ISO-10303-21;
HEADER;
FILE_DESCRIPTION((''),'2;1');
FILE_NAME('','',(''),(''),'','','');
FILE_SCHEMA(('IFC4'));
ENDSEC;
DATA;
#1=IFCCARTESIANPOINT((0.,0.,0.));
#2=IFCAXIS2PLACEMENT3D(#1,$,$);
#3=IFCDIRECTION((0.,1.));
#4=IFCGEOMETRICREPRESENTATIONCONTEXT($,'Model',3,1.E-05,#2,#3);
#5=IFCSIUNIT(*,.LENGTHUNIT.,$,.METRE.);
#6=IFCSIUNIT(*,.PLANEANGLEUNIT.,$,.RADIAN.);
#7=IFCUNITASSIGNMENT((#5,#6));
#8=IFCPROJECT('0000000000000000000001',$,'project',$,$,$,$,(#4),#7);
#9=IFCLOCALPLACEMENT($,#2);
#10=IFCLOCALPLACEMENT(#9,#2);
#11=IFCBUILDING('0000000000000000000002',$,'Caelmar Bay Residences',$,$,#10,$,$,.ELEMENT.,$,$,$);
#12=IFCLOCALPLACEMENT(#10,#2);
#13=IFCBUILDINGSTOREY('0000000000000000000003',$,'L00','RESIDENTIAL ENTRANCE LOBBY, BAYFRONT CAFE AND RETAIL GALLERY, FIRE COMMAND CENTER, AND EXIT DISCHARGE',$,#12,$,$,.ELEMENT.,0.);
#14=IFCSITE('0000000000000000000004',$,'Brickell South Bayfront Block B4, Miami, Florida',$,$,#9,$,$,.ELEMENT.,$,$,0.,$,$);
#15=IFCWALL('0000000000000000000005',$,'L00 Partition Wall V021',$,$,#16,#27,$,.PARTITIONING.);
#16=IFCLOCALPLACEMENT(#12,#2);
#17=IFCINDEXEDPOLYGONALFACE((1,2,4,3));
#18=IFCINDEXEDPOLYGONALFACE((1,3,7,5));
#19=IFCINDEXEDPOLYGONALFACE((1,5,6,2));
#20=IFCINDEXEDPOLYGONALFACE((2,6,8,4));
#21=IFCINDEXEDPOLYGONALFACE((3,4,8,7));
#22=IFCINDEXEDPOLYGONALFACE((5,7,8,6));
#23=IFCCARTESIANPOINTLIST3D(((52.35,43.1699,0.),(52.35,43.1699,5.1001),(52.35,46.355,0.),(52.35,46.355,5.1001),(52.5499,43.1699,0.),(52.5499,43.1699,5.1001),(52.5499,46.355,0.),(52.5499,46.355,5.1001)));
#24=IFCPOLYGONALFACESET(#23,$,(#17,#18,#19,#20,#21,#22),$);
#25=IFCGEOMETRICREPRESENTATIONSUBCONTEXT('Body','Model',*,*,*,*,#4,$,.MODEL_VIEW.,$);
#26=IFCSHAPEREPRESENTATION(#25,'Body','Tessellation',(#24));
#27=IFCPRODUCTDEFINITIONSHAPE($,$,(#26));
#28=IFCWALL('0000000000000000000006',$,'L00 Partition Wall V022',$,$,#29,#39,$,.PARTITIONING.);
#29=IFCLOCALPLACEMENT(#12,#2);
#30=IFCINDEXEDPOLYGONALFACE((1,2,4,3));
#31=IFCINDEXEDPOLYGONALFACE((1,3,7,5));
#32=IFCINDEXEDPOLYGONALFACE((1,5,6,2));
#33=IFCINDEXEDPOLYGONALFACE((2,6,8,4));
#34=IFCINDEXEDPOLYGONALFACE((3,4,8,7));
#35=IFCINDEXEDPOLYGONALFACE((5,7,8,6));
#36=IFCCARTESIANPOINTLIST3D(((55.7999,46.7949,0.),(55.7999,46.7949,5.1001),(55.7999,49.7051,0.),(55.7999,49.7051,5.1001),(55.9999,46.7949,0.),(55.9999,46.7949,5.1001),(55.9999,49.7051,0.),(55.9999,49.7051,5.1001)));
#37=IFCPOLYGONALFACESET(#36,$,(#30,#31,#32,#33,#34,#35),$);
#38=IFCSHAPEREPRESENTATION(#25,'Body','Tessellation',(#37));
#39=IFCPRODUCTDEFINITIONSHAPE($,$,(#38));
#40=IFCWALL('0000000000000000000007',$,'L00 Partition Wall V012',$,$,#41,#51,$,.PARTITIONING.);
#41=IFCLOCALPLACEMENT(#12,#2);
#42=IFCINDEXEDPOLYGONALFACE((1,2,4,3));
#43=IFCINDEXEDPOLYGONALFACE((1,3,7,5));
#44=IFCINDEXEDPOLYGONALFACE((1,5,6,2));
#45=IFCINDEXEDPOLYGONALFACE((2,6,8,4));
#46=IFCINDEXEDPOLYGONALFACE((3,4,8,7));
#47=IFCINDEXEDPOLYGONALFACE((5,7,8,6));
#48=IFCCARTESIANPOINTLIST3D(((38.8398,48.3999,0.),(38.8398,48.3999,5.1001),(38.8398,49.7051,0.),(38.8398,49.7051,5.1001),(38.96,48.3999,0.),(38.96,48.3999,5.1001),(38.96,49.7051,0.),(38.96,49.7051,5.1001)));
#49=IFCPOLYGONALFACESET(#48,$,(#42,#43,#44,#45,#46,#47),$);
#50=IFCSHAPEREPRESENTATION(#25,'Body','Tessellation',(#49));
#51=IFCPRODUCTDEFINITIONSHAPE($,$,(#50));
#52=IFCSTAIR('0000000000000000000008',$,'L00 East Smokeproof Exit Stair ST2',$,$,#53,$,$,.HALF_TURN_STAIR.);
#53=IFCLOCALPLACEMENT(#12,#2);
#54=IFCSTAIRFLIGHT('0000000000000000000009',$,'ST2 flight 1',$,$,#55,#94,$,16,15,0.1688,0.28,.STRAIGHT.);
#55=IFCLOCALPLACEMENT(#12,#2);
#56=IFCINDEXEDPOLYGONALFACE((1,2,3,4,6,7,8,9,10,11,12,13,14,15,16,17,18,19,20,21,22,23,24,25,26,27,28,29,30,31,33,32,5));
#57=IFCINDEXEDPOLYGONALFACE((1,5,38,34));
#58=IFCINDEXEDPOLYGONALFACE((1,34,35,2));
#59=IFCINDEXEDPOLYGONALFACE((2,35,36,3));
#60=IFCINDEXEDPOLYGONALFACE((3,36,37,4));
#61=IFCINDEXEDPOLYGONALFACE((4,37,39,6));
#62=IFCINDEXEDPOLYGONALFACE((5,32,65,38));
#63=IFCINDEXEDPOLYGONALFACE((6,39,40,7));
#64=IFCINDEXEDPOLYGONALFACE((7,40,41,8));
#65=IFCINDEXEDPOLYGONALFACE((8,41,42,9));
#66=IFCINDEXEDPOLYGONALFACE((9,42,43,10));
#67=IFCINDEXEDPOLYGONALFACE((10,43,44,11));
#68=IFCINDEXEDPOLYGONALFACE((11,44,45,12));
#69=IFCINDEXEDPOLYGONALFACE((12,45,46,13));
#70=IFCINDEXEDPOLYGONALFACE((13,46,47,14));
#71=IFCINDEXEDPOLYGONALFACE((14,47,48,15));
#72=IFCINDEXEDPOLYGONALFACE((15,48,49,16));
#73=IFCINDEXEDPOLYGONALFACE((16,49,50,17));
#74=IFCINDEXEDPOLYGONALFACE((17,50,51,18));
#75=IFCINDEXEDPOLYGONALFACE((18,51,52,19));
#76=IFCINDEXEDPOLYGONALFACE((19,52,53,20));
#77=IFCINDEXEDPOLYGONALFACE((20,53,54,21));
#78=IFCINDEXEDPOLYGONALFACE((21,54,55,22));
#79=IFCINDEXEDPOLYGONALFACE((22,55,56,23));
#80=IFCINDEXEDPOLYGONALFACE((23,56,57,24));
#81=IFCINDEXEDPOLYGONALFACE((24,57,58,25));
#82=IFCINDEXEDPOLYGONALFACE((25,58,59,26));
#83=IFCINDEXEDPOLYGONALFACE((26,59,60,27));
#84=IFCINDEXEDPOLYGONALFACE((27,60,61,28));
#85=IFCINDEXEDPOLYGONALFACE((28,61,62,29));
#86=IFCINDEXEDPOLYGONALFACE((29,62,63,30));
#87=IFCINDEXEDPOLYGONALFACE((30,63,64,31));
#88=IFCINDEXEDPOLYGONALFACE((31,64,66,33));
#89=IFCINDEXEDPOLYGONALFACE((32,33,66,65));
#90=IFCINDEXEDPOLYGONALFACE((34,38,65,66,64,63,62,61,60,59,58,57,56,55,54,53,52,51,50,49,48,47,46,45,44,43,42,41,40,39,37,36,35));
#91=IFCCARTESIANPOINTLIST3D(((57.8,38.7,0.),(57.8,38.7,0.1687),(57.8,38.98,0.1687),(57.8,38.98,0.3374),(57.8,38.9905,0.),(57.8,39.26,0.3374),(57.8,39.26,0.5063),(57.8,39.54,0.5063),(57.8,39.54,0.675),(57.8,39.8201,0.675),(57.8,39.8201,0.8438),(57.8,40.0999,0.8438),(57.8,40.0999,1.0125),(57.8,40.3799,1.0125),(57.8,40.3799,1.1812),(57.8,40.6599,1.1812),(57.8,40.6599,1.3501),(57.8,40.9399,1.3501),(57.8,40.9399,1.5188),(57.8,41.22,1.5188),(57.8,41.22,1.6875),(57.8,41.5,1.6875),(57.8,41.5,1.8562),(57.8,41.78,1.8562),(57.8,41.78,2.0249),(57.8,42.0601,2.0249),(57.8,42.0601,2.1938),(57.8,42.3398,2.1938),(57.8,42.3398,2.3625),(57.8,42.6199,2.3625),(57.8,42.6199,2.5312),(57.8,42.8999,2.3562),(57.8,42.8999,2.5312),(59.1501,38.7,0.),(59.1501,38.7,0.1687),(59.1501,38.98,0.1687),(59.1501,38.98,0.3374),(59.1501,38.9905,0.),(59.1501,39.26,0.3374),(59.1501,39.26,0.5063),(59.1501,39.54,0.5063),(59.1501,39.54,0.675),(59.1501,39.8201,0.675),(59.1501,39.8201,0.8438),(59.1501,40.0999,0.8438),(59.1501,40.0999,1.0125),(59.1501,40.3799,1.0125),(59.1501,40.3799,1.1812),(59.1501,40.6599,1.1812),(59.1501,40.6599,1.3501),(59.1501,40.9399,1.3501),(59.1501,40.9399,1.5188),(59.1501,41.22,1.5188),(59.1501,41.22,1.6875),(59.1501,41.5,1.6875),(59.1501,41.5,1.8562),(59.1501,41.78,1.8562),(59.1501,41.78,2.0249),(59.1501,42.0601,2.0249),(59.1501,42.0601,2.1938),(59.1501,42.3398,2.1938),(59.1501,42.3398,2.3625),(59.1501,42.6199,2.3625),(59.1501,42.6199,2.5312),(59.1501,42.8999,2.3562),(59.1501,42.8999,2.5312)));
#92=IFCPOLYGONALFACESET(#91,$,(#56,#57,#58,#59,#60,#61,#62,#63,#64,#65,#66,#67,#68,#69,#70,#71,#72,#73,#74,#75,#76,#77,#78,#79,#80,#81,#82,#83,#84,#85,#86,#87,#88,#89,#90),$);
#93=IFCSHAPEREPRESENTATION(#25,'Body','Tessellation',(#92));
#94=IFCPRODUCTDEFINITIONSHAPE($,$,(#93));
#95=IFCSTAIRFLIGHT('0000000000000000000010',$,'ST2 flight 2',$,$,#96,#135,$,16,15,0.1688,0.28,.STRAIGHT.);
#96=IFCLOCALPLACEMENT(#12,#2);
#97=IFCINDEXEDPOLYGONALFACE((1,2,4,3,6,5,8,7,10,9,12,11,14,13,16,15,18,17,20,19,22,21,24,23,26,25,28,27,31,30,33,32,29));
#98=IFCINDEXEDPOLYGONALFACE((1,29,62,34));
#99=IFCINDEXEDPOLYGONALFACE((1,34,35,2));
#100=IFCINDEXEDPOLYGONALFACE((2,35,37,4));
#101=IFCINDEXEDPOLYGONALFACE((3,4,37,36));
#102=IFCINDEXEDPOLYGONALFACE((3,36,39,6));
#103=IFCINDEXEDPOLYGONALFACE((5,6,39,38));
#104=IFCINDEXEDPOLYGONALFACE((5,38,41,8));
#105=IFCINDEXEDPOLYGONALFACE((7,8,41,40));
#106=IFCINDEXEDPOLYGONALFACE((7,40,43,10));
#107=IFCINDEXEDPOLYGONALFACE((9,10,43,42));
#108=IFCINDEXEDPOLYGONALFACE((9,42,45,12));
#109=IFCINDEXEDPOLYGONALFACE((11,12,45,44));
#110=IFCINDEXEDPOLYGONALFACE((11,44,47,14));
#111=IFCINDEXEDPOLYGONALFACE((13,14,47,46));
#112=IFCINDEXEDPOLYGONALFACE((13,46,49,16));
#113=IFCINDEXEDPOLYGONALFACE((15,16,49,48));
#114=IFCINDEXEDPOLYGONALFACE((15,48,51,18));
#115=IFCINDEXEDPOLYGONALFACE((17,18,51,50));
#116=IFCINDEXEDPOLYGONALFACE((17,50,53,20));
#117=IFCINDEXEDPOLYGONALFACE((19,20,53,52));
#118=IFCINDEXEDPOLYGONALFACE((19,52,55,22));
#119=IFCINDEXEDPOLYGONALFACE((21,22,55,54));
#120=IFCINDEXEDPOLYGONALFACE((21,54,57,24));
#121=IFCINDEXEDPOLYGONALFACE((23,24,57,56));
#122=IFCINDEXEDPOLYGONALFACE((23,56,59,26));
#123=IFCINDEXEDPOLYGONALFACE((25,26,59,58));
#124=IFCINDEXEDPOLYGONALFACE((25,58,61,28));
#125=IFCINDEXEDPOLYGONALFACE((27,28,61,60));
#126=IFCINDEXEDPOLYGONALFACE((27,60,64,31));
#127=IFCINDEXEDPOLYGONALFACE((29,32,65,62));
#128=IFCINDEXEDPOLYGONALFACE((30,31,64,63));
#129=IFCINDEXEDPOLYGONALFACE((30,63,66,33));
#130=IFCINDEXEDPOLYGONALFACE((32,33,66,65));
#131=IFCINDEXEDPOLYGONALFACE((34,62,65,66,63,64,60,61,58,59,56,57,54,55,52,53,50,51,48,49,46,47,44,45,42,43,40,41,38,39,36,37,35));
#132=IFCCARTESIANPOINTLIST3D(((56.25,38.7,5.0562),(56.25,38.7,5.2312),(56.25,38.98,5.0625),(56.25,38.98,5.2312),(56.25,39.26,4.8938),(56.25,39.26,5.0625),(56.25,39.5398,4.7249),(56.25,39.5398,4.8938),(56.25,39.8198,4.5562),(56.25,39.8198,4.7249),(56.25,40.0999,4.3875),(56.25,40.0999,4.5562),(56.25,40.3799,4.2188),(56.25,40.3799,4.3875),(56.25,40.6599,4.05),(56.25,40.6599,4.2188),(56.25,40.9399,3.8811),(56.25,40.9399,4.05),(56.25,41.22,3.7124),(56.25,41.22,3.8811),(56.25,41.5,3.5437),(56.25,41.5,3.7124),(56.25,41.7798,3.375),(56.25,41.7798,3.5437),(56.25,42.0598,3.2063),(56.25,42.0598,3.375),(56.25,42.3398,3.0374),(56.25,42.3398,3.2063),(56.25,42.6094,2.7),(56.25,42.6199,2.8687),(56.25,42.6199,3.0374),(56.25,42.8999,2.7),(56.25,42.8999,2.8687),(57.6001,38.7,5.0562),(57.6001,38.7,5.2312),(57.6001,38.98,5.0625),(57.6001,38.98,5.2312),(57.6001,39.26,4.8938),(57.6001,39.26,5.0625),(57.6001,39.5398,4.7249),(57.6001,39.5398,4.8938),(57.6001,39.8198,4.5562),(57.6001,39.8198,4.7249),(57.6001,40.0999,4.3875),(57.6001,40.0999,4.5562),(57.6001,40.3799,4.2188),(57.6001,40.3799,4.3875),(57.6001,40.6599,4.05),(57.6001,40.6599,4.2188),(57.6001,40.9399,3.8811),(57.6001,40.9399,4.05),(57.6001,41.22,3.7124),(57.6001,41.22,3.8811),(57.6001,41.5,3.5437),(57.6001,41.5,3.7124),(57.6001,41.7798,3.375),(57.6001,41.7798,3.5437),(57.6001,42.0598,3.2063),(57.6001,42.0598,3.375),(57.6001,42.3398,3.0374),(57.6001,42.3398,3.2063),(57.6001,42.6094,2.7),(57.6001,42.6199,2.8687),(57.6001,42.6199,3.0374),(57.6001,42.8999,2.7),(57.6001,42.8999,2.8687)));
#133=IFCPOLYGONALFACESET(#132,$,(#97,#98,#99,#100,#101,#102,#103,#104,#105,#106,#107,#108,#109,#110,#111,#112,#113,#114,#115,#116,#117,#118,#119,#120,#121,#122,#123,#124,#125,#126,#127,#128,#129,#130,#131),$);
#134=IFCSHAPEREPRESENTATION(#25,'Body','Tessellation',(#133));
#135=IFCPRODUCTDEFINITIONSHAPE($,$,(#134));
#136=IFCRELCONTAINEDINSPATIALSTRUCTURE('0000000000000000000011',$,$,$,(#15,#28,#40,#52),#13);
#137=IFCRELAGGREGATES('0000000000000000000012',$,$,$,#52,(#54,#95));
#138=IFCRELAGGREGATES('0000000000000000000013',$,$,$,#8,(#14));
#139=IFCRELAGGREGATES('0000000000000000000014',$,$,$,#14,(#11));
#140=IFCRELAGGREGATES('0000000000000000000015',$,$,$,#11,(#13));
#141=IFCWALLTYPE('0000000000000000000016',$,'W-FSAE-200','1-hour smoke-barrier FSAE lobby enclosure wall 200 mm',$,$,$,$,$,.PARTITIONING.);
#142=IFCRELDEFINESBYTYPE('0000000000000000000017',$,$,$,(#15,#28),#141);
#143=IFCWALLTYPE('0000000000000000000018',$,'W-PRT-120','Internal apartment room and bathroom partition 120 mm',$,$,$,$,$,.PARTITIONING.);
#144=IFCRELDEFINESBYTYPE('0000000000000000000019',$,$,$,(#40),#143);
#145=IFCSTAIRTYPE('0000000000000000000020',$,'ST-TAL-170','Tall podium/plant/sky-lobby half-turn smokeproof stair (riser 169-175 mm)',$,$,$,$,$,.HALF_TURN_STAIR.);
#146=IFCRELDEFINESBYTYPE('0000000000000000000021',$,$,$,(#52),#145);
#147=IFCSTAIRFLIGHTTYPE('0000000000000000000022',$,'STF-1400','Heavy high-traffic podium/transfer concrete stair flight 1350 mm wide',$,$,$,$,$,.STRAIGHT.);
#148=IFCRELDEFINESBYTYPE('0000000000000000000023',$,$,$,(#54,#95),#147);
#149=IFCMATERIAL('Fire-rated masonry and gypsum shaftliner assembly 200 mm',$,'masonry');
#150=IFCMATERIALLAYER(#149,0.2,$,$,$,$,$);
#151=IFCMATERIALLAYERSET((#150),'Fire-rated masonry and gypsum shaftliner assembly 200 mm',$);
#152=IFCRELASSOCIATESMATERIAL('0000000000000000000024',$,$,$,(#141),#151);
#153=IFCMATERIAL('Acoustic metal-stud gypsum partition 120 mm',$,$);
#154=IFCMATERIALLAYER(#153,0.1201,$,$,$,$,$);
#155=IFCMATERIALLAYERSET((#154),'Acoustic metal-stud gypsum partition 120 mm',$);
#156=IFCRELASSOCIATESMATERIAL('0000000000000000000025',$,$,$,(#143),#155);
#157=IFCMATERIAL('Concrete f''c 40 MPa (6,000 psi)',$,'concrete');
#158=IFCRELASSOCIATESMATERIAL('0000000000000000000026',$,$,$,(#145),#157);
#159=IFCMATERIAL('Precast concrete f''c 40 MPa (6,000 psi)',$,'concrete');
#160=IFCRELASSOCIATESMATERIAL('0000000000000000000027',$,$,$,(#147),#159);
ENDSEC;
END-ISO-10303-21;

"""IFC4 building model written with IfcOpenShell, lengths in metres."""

from ifc_helpers import new_model, si_unit, direction, frame, frame_2d, origin, place, context, subcontext, project, spatial, polyline, rectangle, outline, extrude, material, layer, layer_set, type_object, element, aggregate, save


model = new_model("IFC4")

# Units and contexts
model_context = context("Model", 3, precision=1e-05, world=origin(), true_north=direction((0.0, 1.0)))
body_context = subcontext(model_context, "Body", "Model", "MODEL_VIEW")
ifc_project = project(units=[si_unit("LENGTHUNIT", "METRE"), si_unit("PLANEANGLEUNIT", "RADIAN")], contexts=[model_context])

# Site, building, storey
site_placement = place(None, origin())
site = spatial("IfcSite", under=ifc_project, at=site_placement, Name="Brickell South Bayfront Block B4, Miami, Florida", CompositionType="ELEMENT", RefElevation=0.0)
building_placement = place(site_placement, origin())
building = spatial("IfcBuilding", under=site, at=building_placement, Name="Caelmar Bay Residences", CompositionType="ELEMENT")
storey_placement = place(building_placement, origin())
storey = spatial("IfcBuildingStorey", under=building, at=storey_placement, Name="L00", Description="RESIDENTIAL ENTRANCE LOBBY, BAYFRONT CAFE AND RETAIL GALLERY, FIRE COMMAND CENTER, AND EXIT DISCHARGE", CompositionType="ELEMENT", Elevation=0.0)

# Walls
ifc_material_1 = material(Name="Fire-rated masonry and gypsum shaftliner assembly 200 mm", Category="masonry")
ifc_layer_1 = layer(ifc_material_1, 0.2)
ifc_layer_set_1 = layer_set([ifc_layer_1], Name="Fire-rated masonry and gypsum shaftliner assembly 200 mm")
wall_type_1 = type_object("IfcWallType", Name="W-FSAE-200", Description="1-hour smoke-barrier FSAE lobby enclosure wall 200 mm", PredefinedType="PARTITIONING", material=ifc_layer_set_1)
for number, where, z_axis, x_axis, name in (
    (1, (52.45, 43.1699, 0.0), (0.0, 0.0, 1.0), (0.0, 1.0, 0.0), "L00 Partition Wall V021"),
):
    element("IfcWall", number, at=place(storey_placement, frame(where, z_axis=z_axis, x_axis=x_axis)), inside=storey, type_object=wall_type_1, Name=name, PredefinedType="PARTITIONING", context=body_context, shape_type="SweptSolid", body=[
        extrude(rectangle(XDim=3.1851, YDim=0.2, at=frame_2d((1.5925, 0.0))), origin(), (0.0, 0.0, 1.0), 5.1001),
    ])
wall_1_placement = place(storey_placement, frame((55.8999, 46.7949, 0.0), z_axis=(0.0, 0.0, 1.0), x_axis=(0.0, 1.0, 0.0)))
element("IfcWall", 2, at=wall_1_placement, inside=storey, type_object=wall_type_1, Name="L00 Partition Wall V022", PredefinedType="PARTITIONING", context=body_context, shape_type="SweptSolid", body=[
    extrude(rectangle(XDim=2.9102, YDim=0.2, at=frame_2d((1.4551, 0.0))), origin(), (0.0, 0.0, 1.0), 5.1001),
])
ifc_material_2 = material(Name="Acoustic metal-stud gypsum partition 120 mm")
ifc_layer_2 = layer(ifc_material_2, 0.1201)
ifc_layer_set_2 = layer_set([ifc_layer_2], Name="Acoustic metal-stud gypsum partition 120 mm")
wall_type_2 = type_object("IfcWallType", Name="W-PRT-120", Description="Internal apartment room and bathroom partition 120 mm", PredefinedType="PARTITIONING", material=ifc_layer_set_2)
wall_2_placement = place(storey_placement, frame((38.8999, 48.3999, 0.0), z_axis=(0.0, 0.0, 1.0), x_axis=(0.0, 1.0, 0.0)))
element("IfcWall", 3, at=wall_2_placement, inside=storey, type_object=wall_type_2, Name="L00 Partition Wall V012", PredefinedType="PARTITIONING", context=body_context, shape_type="SweptSolid", body=[
    extrude(rectangle(XDim=1.3052, YDim=0.1201, at=frame_2d((0.6526, 0.0))), origin(), (0.0, 0.0, 1.0), 5.1001),
])

# Stair, stair flights
ifc_material_3 = material(Name="Concrete f'c 40 MPa (6,000 psi)", Category="concrete")
stair_type = type_object("IfcStairType", Name="ST-TAL-170", Description="Tall podium/plant/sky-lobby half-turn smokeproof stair (riser 169-175 mm)", PredefinedType="HALF_TURN_STAIR", material=ifc_material_3)
stair_placement = place(storey_placement, origin())
stair = element("IfcStair", 4, at=stair_placement, inside=storey, type_object=stair_type, Name="L00 East Smokeproof Exit Stair ST2", PredefinedType="HALF_TURN_STAIR")
ifc_material_4 = material(Name="Precast concrete f'c 40 MPa (6,000 psi)", Category="concrete")
stair_flight_type = type_object("IfcStairFlightType", Name="STF-1400", Description="Heavy high-traffic podium/transfer concrete stair flight 1350 mm wide", PredefinedType="STRAIGHT", material=ifc_material_4)
stair_flight_1_placement = place(storey_placement, frame((58.4751, 38.7, 0.0), z_axis=(0.0, 0.0, 1.0), x_axis=(0.0, 1.0, 0.0)))
stair_flight_1 = element("IfcStairFlight", 5, at=stair_flight_1_placement, type_object=stair_flight_type, Name="ST2 flight 1", NumberOfRisers=16, NumberOfTreads=15, PredefinedType="STRAIGHT", RiserHeight=0.1688, TreadLength=0.28, context=body_context, shape_type="SweptSolid", body=[
    extrude(outline(polyline([(0.0, 0.0), (0.0, 0.1687), (0.28, 0.1687), (0.28, 0.3374), (0.5601, 0.3374), (0.5601, 0.5063), (0.8401, 0.5063), (0.8401, 0.675), (1.1201, 0.675), (1.1201, 0.8438), (1.3999, 0.8438), (1.3999, 1.0125), (1.6799, 1.0125), (1.6799, 1.1812), (1.96, 1.1812), (1.96, 1.3501), (2.24, 1.3501), (2.24, 1.5188), (2.52, 1.5188), (2.52, 1.6875), (2.8, 1.6875), (2.8, 1.8562), (3.0801, 1.8562), (3.0801, 2.0249), (3.3601, 2.0249), (3.3601, 2.1938), (3.6399, 2.1938), (3.6399, 2.3625), (3.9199, 2.3625), (3.9199, 2.5312), (4.2, 2.5312), (4.2, 2.7), (4.2, 2.3562), (0.2905, 0.0), (0.0, 0.0)])), frame((0.0, 0.675, 0.0), z_axis=(0.0, -1.0, 0.0), x_axis=(1.0, 0.0, 0.0)), (0.0, 0.0, 1.0), 1.3501),
])
stair_flight_2_placement = place(storey_placement, frame((56.925, 42.8999, 2.7), z_axis=(0.0, 0.0, 1.0), x_axis=(0.0, -1.0, 0.0)))
stair_flight_2 = element("IfcStairFlight", 6, at=stair_flight_2_placement, type_object=stair_flight_type, Name="ST2 flight 2", NumberOfRisers=16, NumberOfTreads=15, PredefinedType="STRAIGHT", RiserHeight=0.1688, TreadLength=0.28, context=body_context, shape_type="SweptSolid", body=[
    extrude(outline(polyline([(0.0, 0.0), (0.0, 0.1687), (0.28, 0.1687), (0.28, 0.3374), (0.5601, 0.3374), (0.5601, 0.5063), (0.8401, 0.5063), (0.8401, 0.675), (1.1201, 0.675), (1.1201, 0.8438), (1.3999, 0.8438), (1.3999, 1.0125), (1.6799, 1.0125), (1.6799, 1.1812), (1.96, 1.1812), (1.96, 1.3501), (2.24, 1.3501), (2.24, 1.5188), (2.52, 1.5188), (2.52, 1.6875), (2.8, 1.6875), (2.8, 1.8562), (3.0801, 1.8562), (3.0801, 2.0249), (3.3601, 2.0249), (3.3601, 2.1938), (3.6399, 2.1938), (3.6399, 2.3625), (3.9199, 2.3625), (3.9199, 2.5312), (4.2, 2.5312), (4.2, 2.7), (4.2, 2.3562), (0.2905, 0.0), (0.0, 0.0)])), frame((0.0, 0.675, 0.0), z_axis=(0.0, -1.0, 0.0), x_axis=(1.0, 0.0, 0.0)), (0.0, 0.0, 1.0), 1.3501),
])
aggregate(stair, [stair_flight_1, stair_flight_2])

save(model, "model.ifc")
